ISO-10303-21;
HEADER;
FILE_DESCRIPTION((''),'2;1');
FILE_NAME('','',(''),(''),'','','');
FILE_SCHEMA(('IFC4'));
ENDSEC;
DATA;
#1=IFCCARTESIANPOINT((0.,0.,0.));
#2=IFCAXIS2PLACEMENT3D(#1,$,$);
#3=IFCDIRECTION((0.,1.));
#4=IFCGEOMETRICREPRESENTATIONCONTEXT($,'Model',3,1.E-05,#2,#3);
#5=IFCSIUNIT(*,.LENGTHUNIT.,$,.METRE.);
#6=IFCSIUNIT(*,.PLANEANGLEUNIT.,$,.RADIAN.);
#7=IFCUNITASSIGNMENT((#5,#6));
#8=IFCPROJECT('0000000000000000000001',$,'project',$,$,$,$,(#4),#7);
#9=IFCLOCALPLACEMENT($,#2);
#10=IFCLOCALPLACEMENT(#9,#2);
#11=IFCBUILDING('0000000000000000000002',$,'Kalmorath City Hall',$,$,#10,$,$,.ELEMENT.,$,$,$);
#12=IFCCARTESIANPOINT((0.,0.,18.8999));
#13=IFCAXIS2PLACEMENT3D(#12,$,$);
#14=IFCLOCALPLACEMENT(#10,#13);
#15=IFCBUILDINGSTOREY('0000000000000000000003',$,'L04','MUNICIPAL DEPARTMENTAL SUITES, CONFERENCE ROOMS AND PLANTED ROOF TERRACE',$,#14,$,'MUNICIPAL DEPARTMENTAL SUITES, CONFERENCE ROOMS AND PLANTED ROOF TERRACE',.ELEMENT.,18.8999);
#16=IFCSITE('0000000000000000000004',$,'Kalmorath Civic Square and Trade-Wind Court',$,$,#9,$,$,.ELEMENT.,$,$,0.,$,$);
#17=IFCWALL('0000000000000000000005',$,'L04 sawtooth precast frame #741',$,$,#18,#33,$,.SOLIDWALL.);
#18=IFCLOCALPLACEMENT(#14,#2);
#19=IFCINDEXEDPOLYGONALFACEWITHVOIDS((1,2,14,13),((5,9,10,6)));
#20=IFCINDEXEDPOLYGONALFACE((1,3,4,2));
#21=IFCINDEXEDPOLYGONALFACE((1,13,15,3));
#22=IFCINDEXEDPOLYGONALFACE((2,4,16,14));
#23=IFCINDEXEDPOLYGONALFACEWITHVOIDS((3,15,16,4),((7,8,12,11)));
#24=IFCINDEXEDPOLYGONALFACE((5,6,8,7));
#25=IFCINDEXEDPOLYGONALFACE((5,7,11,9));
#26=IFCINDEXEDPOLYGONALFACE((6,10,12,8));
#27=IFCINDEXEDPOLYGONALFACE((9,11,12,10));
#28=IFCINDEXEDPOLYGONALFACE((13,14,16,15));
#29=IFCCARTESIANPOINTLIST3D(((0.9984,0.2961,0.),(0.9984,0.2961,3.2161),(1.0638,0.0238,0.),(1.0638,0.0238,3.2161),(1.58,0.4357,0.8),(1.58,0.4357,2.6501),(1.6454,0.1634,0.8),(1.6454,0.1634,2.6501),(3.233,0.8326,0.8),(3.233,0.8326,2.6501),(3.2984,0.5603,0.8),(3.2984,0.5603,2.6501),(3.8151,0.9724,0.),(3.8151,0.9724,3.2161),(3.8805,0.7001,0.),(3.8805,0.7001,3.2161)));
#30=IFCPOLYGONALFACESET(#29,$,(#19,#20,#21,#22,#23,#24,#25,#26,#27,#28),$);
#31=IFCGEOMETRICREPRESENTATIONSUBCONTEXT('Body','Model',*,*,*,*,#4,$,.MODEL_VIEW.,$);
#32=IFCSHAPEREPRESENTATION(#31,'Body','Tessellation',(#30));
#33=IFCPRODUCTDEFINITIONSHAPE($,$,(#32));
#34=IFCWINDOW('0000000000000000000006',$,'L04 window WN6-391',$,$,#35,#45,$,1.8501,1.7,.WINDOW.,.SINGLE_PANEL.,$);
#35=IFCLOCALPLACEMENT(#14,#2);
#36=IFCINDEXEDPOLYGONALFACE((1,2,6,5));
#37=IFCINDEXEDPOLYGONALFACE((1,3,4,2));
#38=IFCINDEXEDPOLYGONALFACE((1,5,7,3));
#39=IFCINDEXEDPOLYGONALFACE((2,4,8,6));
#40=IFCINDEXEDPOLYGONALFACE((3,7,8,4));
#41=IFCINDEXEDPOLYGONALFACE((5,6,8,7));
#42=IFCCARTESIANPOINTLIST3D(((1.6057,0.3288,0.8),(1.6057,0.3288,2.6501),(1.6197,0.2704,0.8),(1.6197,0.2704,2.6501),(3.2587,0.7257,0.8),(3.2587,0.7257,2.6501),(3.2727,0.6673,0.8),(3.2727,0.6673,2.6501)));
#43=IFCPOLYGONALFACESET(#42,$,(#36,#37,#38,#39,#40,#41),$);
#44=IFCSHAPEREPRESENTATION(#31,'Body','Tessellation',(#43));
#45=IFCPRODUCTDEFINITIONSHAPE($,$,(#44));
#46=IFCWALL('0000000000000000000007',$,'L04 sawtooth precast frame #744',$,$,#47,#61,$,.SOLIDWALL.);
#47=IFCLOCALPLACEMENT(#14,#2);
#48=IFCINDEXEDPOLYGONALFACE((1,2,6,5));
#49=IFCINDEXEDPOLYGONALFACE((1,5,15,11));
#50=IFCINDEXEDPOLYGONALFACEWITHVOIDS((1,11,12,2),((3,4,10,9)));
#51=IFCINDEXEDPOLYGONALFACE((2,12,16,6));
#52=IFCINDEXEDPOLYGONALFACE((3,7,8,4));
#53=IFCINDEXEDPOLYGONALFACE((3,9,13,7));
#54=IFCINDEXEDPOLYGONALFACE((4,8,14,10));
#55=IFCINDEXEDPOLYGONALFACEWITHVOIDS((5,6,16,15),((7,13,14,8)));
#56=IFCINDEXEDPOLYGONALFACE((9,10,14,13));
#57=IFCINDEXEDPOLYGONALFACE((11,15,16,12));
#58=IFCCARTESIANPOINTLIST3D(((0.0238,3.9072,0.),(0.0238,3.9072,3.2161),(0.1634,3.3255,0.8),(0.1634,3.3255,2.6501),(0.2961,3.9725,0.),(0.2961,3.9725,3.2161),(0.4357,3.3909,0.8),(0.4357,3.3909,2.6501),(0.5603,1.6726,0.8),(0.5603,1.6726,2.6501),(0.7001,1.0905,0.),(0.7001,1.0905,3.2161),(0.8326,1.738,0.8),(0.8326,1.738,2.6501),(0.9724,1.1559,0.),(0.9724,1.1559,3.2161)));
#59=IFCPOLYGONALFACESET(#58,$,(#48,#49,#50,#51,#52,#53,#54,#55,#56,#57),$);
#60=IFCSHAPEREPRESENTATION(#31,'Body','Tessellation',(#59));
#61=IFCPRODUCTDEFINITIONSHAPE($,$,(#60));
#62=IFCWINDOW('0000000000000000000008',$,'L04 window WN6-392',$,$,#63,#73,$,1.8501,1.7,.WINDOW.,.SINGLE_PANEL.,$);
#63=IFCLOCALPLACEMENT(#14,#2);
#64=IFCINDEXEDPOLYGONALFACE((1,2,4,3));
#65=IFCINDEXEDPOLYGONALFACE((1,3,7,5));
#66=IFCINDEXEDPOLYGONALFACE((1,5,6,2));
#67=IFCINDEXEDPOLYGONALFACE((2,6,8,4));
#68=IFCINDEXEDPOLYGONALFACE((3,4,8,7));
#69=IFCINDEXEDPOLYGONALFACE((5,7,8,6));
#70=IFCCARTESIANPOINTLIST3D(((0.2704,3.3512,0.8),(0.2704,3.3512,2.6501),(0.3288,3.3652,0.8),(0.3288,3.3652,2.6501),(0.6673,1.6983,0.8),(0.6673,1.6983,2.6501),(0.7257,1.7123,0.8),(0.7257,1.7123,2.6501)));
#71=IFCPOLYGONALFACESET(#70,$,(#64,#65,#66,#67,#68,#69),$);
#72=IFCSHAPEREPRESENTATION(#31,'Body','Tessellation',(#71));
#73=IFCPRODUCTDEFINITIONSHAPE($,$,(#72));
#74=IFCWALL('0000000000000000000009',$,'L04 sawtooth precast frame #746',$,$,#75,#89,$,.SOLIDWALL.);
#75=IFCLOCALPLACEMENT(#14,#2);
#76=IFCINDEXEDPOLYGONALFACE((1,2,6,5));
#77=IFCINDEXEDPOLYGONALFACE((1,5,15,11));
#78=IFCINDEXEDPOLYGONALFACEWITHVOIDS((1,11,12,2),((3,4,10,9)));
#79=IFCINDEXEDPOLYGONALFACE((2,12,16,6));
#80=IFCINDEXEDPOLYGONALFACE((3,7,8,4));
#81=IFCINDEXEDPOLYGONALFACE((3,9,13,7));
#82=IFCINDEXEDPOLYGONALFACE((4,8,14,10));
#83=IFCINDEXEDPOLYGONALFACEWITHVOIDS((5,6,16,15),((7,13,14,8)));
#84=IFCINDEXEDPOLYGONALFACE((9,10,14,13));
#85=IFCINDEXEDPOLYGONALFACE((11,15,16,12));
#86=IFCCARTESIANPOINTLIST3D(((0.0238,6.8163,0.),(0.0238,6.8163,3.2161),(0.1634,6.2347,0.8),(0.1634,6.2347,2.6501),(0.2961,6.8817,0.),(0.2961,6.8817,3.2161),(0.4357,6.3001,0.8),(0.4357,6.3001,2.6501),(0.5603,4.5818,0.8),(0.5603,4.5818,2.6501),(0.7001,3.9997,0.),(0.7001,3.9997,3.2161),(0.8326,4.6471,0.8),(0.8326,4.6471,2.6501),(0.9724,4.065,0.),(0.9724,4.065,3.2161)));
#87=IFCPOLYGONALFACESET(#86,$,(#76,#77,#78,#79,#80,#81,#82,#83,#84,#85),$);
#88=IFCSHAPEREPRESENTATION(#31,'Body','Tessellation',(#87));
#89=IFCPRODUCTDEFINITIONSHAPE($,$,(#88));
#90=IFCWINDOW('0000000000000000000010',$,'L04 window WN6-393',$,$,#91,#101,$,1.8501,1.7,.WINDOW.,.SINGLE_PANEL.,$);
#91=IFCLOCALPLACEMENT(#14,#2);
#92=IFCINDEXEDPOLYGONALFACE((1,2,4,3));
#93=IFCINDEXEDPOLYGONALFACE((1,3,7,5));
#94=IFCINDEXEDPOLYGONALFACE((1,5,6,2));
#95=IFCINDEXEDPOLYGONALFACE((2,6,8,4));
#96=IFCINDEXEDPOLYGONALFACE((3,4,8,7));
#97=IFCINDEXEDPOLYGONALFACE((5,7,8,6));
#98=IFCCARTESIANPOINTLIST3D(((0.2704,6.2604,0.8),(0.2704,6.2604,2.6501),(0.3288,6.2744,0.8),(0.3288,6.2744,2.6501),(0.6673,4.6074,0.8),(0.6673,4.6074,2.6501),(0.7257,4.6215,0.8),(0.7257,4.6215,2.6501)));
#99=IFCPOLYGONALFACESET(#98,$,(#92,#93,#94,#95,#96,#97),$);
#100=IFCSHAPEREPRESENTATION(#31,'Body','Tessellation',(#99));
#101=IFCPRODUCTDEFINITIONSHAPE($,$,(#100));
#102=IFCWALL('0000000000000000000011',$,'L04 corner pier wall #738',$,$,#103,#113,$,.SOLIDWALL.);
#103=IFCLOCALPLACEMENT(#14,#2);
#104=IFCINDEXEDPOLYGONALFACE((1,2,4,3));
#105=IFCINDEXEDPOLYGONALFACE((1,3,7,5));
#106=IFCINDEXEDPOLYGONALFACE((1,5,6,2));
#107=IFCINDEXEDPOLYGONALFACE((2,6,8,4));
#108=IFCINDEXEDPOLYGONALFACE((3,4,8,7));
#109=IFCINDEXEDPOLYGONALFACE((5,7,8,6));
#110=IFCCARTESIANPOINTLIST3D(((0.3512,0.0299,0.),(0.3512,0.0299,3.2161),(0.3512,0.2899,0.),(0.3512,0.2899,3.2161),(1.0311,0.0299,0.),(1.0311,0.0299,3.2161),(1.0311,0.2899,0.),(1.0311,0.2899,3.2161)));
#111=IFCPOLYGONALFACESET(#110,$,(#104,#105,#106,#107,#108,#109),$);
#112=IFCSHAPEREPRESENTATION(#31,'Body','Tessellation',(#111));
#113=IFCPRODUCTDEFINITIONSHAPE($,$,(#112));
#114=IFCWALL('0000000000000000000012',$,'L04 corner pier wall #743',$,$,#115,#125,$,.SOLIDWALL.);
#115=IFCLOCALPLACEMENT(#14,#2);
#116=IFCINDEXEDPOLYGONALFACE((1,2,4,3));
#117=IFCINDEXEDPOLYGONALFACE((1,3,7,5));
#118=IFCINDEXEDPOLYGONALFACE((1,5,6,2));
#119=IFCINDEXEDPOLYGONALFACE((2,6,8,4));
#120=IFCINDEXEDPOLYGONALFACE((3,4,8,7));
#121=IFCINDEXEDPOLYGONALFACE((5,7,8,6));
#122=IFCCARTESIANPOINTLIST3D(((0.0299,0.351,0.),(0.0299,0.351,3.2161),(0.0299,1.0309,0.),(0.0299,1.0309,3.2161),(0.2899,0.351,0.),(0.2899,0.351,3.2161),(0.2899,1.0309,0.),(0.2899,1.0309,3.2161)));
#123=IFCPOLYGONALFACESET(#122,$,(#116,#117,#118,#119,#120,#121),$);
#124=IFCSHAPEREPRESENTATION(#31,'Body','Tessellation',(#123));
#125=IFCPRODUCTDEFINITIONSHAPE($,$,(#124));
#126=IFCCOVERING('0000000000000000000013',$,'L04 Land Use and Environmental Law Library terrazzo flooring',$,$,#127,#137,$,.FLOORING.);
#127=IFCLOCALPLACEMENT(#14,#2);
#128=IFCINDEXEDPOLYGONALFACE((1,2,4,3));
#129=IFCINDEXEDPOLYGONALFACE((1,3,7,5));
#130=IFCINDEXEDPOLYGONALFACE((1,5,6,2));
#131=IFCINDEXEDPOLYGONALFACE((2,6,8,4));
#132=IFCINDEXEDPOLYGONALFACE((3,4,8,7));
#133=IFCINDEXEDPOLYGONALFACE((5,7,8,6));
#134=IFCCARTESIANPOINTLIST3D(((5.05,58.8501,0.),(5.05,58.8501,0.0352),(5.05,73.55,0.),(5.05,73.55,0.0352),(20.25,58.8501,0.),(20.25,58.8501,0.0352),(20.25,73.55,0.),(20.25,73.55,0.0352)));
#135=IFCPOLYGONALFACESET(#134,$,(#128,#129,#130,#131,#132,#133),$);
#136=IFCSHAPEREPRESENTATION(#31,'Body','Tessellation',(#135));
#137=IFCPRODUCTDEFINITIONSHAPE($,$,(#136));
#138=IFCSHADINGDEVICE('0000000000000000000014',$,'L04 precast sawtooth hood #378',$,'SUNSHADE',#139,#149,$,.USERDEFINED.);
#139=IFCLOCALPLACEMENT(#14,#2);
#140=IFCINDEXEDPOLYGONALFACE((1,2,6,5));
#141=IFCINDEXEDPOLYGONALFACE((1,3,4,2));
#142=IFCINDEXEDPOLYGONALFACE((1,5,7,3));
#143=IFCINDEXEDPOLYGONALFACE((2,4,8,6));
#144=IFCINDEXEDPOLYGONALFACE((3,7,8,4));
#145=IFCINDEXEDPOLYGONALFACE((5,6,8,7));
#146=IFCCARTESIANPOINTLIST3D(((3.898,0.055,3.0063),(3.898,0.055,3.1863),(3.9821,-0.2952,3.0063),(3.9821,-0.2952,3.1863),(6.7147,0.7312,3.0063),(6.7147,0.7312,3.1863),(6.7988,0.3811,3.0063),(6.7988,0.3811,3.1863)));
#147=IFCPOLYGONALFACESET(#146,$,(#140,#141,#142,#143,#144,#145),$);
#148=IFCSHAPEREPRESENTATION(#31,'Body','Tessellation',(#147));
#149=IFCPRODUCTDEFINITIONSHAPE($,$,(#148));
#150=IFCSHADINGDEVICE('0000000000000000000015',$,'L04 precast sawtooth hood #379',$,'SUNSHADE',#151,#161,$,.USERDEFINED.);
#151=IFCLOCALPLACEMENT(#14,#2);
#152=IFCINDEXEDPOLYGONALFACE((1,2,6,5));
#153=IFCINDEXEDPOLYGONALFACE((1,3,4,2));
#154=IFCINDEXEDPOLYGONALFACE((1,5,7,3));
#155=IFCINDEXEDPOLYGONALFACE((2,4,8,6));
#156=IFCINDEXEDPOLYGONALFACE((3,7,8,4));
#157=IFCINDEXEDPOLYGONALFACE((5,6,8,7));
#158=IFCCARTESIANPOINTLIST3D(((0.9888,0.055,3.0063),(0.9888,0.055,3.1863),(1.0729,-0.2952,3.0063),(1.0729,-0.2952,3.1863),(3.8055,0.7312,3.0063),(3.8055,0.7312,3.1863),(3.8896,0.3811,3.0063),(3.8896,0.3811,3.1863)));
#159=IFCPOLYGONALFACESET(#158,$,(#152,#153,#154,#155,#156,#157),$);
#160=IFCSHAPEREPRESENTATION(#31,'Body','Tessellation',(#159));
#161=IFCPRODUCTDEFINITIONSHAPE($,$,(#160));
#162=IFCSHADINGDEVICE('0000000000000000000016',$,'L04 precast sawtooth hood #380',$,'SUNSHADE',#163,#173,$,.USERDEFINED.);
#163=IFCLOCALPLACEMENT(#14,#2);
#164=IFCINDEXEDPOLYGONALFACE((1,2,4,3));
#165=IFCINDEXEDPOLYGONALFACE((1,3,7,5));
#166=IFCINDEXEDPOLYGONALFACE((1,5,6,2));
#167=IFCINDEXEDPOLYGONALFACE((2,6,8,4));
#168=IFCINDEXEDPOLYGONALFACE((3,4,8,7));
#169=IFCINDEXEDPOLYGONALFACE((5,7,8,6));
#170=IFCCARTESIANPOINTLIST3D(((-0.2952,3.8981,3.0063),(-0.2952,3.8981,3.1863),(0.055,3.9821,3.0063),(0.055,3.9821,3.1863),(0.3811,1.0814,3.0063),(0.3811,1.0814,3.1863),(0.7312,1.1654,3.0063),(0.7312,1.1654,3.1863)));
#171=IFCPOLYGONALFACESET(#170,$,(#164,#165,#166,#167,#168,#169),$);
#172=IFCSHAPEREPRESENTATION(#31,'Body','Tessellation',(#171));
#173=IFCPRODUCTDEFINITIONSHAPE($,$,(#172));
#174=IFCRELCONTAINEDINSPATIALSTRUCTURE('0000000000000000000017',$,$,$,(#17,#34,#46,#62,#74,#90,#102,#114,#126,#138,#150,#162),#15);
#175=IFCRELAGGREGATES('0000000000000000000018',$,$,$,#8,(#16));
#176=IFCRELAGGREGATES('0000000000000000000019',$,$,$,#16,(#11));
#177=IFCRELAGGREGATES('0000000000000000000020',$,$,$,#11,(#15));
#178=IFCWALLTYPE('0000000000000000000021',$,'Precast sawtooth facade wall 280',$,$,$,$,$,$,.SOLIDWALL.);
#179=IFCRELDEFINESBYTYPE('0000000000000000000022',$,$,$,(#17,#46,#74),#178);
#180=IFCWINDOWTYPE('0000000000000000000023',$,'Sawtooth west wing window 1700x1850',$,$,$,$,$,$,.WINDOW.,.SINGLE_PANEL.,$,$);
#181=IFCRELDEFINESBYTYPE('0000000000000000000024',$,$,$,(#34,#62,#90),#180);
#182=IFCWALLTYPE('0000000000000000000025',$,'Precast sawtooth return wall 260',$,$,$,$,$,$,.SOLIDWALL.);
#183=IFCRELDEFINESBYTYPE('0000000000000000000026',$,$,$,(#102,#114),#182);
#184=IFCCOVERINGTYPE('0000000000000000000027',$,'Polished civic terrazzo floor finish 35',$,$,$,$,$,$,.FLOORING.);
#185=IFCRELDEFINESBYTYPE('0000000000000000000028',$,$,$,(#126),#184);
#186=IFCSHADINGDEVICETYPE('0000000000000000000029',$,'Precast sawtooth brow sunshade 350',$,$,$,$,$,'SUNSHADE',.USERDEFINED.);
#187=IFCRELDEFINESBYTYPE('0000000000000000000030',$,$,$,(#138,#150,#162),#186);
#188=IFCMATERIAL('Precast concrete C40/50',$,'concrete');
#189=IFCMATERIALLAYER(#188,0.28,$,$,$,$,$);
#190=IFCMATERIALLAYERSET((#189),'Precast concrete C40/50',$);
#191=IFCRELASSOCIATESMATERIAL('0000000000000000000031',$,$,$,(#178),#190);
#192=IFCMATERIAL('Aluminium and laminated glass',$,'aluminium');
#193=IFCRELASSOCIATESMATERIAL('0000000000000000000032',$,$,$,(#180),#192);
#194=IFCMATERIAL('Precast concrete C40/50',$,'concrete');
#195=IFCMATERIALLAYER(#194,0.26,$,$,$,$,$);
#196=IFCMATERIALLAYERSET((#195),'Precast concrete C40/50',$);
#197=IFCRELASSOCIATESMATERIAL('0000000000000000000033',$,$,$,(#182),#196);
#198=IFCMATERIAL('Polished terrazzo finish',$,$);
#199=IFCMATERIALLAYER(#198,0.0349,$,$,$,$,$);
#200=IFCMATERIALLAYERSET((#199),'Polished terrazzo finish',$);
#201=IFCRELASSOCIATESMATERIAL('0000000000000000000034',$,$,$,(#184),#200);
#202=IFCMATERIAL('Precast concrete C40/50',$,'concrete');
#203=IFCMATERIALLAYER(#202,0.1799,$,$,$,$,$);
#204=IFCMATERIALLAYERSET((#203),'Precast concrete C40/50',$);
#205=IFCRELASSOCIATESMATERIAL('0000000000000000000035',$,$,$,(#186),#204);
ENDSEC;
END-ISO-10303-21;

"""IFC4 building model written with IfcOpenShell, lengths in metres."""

from ifc_helpers import new_model, si_unit, direction, frame, frame_2d, origin, origin_2d, place, context, subcontext, project, spatial, polyline, rectangle, outline, extrude, material, layer, layer_set, type_object, element, fill, save


model = new_model("IFC4")

# Units and contexts
model_context = context("Model", 3, precision=1e-05, world=origin(), true_north=direction((0.0, 1.0)))
body_context = subcontext(model_context, "Body", "Model", "MODEL_VIEW")
ifc_project = project(units=[si_unit("LENGTHUNIT", "METRE"), si_unit("PLANEANGLEUNIT", "RADIAN")], contexts=[model_context])

# Site, building, storey
site_placement = place(None, origin())
site = spatial("IfcSite", under=ifc_project, at=site_placement, Name="Kalmorath Civic Square and Trade-Wind Court", CompositionType="ELEMENT", RefElevation=0.0)
building_placement = place(site_placement, origin())
building = spatial("IfcBuilding", under=site, at=building_placement, Name="Kalmorath City Hall", CompositionType="ELEMENT")
storey_placement = place(building_placement, frame((0.0, 0.0, 18.8999)))
storey = spatial("IfcBuildingStorey", under=building, at=storey_placement, Name="L04", Description="MUNICIPAL DEPARTMENTAL SUITES, CONFERENCE ROOMS AND PLANTED ROOF TERRACE", LongName="MUNICIPAL DEPARTMENTAL SUITES, CONFERENCE ROOMS AND PLANTED ROOF TERRACE", CompositionType="ELEMENT", Elevation=18.8999)

# Walls, openings, windows
ifc_material_1 = material(Name="Precast concrete C40/50", Category="concrete")
ifc_layer_1 = layer(ifc_material_1, 0.28)
ifc_layer_set_1 = layer_set([ifc_layer_1], Name="Precast concrete C40/50")
wall_type_1 = type_object("IfcWallType", Name="Precast sawtooth facade wall 280", PredefinedType="SOLIDWALL", material=ifc_layer_set_1)
ifc_material_2 = material(Name="Aluminium and laminated glass", Category="aluminium")
window_type = type_object("IfcWindowType", Name="Sawtooth west wing window 1700x1850", PartitioningType="SINGLE_PANEL", PredefinedType="WINDOW", material=ifc_material_2)
wall_1_placement = place(storey_placement, frame((3.8477, 0.8362, 0.0), z_axis=(0.0, 0.0, 1.0), x_axis=(-0.972366, -0.233462, 0.0)))
wall_1 = element("IfcWall", 1, at=wall_1_placement, inside=storey, type_object=wall_type_1, Name="L04 sawtooth precast frame #741", PredefinedType="SOLIDWALL", context=body_context, shape_type="SweptSolid", body=[
    extrude(rectangle(XDim=2.8967, YDim=0.28, at=frame_2d((1.4482, 0.0))), origin(), (0.0, 0.0, 1.0), 3.2161),
])
opening_1_placement = place(wall_1_placement, frame((0.5984, 0.0, 0.8)))
opening_1 = element("IfcOpeningElement", 2, at=opening_1_placement, cuts=wall_1, PredefinedType="OPENING", context=body_context, shape_type="SweptSolid", body=[
    extrude(rectangle(XDim=1.7, YDim=1.8501, at=frame_2d((0.8501, 0.925))), frame((0.0, 0.1499, 0.0), z_axis=(0.0, -1.0, 0.0), x_axis=(1.0, 0.0, 0.0)), (0.0, 0.0, 1.0), 0.3),
])
window_1_placement = place(opening_1_placement, origin())
window_1 = element("IfcWindow", 3, at=window_1_placement, inside=storey, type_object=window_type, Name="L04 window WN6-391", OverallHeight=1.8501, OverallWidth=1.7, PartitioningType="SINGLE_PANEL", PredefinedType="WINDOW", context=body_context, shape_type="SweptSolid", body=[
    extrude(rectangle(XDim=1.7, YDim=1.8501, at=frame_2d((0.8501, 0.925))), frame((0.0, 0.03, 0.0), z_axis=(0.0, -1.0, 0.0), x_axis=(1.0, 0.0, 0.0)), (0.0, 0.0, 1.0), 0.0601),
])
fill(opening_1, window_1)
wall_2_placement = place(storey_placement, frame((0.8362, 1.1233, 0.0), z_axis=(0.0, 0.0, 1.0), x_axis=(-0.233462, 0.972366, 0.0)))
wall_2 = element("IfcWall", 4, at=wall_2_placement, inside=storey, type_object=wall_type_1, Name="L04 sawtooth precast frame #744", PredefinedType="SOLIDWALL", context=body_context, shape_type="SweptSolid", body=[
    extrude(rectangle(XDim=2.8967, YDim=0.28, at=frame_2d((1.4482, 0.0))), origin(), (0.0, 0.0, 1.0), 3.2161),
])
opening_2_placement = place(wall_2_placement, frame((0.5984, 0.0, 0.8)))
opening_2 = element("IfcOpeningElement", 5, at=opening_2_placement, cuts=wall_2, PredefinedType="OPENING", context=body_context, shape_type="SweptSolid", body=[
    extrude(rectangle(XDim=1.7, YDim=1.8501, at=frame_2d((0.8501, 0.925))), frame((0.0, 0.1499, 0.0), z_axis=(0.0, -1.0, 0.0), x_axis=(1.0, 0.0, 0.0)), (0.0, 0.0, 1.0), 0.3),
])
window_2_placement = place(opening_2_placement, origin())
window_2 = element("IfcWindow", 6, at=window_2_placement, inside=storey, type_object=window_type, Name="L04 window WN6-392", OverallHeight=1.8501, OverallWidth=1.7, PartitioningType="SINGLE_PANEL", PredefinedType="WINDOW", context=body_context, shape_type="SweptSolid", body=[
    extrude(rectangle(XDim=1.7, YDim=1.8501, at=frame_2d((0.8501, 0.925))), frame((0.0, 0.03, 0.0), z_axis=(0.0, -1.0, 0.0), x_axis=(1.0, 0.0, 0.0)), (0.0, 0.0, 1.0), 0.0601),
])
fill(opening_2, window_2)
wall_3_placement = place(storey_placement, frame((0.8362, 4.0325, 0.0), z_axis=(0.0, 0.0, 1.0), x_axis=(-0.233462, 0.972366, 0.0)))
wall_3 = element("IfcWall", 7, at=wall_3_placement, inside=storey, type_object=wall_type_1, Name="L04 sawtooth precast frame #746", PredefinedType="SOLIDWALL", context=body_context, shape_type="SweptSolid", body=[
    extrude(rectangle(XDim=2.8967, YDim=0.28, at=frame_2d((1.4482, 0.0))), origin(), (0.0, 0.0, 1.0), 3.2161),
])
opening_3_placement = place(wall_3_placement, frame((0.5984, 0.0, 0.8)))
opening_3 = element("IfcOpeningElement", 8, at=opening_3_placement, cuts=wall_3, PredefinedType="OPENING", context=body_context, shape_type="SweptSolid", body=[
    extrude(rectangle(XDim=1.7, YDim=1.8501, at=frame_2d((0.8501, 0.925))), frame((0.0, 0.1499, 0.0), z_axis=(0.0, -1.0, 0.0), x_axis=(1.0, 0.0, 0.0)), (0.0, 0.0, 1.0), 0.3),
])
window_3_placement = place(opening_3_placement, origin())
window_3 = element("IfcWindow", 9, at=window_3_placement, inside=storey, type_object=window_type, Name="L04 window WN6-393", OverallHeight=1.8501, OverallWidth=1.7, PartitioningType="SINGLE_PANEL", PredefinedType="WINDOW", context=body_context, shape_type="SweptSolid", body=[
    extrude(rectangle(XDim=1.7, YDim=1.8501, at=frame_2d((0.8501, 0.925))), frame((0.0, 0.03, 0.0), z_axis=(0.0, -1.0, 0.0), x_axis=(1.0, 0.0, 0.0)), (0.0, 0.0, 1.0), 0.0601),
])
fill(opening_3, window_3)

# Walls
ifc_material_3 = material(Name="Precast concrete C40/50", Category="concrete")
ifc_layer_2 = layer(ifc_material_3, 0.26)
ifc_layer_set_2 = layer_set([ifc_layer_2], Name="Precast concrete C40/50")
wall_type_2 = type_object("IfcWallType", Name="Precast sawtooth return wall 260", PredefinedType="SOLIDWALL", material=ifc_layer_set_2)
for number, where, z_axis, x_axis, name in (
    (10, (1.031, 0.1599, 0.0), (0.0, 0.0, 1.0), (-1.0, 0.0, 0.0), "L04 corner pier wall #738"),
    (11, (0.1599, 0.3511, 0.0), (0.0, 0.0, 1.0), (0.0, 1.0, 0.0), "L04 corner pier wall #743"),
):
    element("IfcWall", number, at=place(storey_placement, frame(where, z_axis=z_axis, x_axis=x_axis)), inside=storey, type_object=wall_type_2, Name=name, PredefinedType="SOLIDWALL", context=body_context, shape_type="SweptSolid", body=[
        extrude(rectangle(XDim=0.6799, YDim=0.26, at=frame_2d((0.3398, 0.0))), origin(), (0.0, 0.0, 1.0), 3.2161),
    ])

# Covering
ifc_material_4 = material(Name="Polished terrazzo finish")
ifc_layer_3 = layer(ifc_material_4, 0.0349)
ifc_layer_set_3 = layer_set([ifc_layer_3], Name="Polished terrazzo finish")
covering_type = type_object("IfcCoveringType", Name="Polished civic terrazzo floor finish 35", PredefinedType="FLOORING", material=ifc_layer_set_3)
covering_placement = place(storey_placement, origin())
element("IfcCovering", 12, at=covering_placement, inside=storey, type_object=covering_type, Name="L04 Land Use and Environmental Law Library terrazzo flooring", PredefinedType="FLOORING", context=body_context, shape_type="SweptSolid", body=[
    extrude(outline(polyline([(20.25, 73.55), (20.25, 58.8501), (5.05, 58.8501), (5.05, 73.55), (20.25, 73.55)])), origin(), (0.0, 0.0, 1.0), 0.0352),
])

# Shading devices
ifc_material_5 = material(Name="Precast concrete C40/50", Category="concrete")
ifc_layer_4 = layer(ifc_material_5, 0.1799)
ifc_layer_set_4 = layer_set([ifc_layer_4], Name="Precast concrete C40/50")
shading_device_type = type_object("IfcShadingDeviceType", Name="Precast sawtooth brow sunshade 350", ElementType="SUNSHADE", PredefinedType="USERDEFINED", material=ifc_layer_set_4)
for number, where, z_axis, x_axis, name in (
    (13, (5.3484, 0.218, 3.0063), (0.0, 0.0, 1.0), (-0.97237, -0.233445, 0.0), "L04 precast sawtooth hood #378"),
    (14, (2.4392, 0.218, 3.0063), (0.0, 0.0, 1.0), (-0.97237, -0.233445, 0.0), "L04 precast sawtooth hood #379"),
    (15, (0.218, 2.5317, 3.0063), (0.0, 0.0, 1.0), (-0.233445, 0.97237, 0.0), "L04 precast sawtooth hood #380"),
):
    element("IfcShadingDevice", number, at=place(storey_placement, frame(where, z_axis=z_axis, x_axis=x_axis)), inside=storey, type_object=shading_device_type, Name=name, ObjectType="SUNSHADE", PredefinedType="USERDEFINED", context=body_context, shape_type="SweptSolid", body=[
        extrude(rectangle(XDim=2.8967, YDim=0.3601, at=origin_2d()), origin(), (0.0, 0.0, 1.0), 0.1799),
    ])

save(model, "model.ifc")
